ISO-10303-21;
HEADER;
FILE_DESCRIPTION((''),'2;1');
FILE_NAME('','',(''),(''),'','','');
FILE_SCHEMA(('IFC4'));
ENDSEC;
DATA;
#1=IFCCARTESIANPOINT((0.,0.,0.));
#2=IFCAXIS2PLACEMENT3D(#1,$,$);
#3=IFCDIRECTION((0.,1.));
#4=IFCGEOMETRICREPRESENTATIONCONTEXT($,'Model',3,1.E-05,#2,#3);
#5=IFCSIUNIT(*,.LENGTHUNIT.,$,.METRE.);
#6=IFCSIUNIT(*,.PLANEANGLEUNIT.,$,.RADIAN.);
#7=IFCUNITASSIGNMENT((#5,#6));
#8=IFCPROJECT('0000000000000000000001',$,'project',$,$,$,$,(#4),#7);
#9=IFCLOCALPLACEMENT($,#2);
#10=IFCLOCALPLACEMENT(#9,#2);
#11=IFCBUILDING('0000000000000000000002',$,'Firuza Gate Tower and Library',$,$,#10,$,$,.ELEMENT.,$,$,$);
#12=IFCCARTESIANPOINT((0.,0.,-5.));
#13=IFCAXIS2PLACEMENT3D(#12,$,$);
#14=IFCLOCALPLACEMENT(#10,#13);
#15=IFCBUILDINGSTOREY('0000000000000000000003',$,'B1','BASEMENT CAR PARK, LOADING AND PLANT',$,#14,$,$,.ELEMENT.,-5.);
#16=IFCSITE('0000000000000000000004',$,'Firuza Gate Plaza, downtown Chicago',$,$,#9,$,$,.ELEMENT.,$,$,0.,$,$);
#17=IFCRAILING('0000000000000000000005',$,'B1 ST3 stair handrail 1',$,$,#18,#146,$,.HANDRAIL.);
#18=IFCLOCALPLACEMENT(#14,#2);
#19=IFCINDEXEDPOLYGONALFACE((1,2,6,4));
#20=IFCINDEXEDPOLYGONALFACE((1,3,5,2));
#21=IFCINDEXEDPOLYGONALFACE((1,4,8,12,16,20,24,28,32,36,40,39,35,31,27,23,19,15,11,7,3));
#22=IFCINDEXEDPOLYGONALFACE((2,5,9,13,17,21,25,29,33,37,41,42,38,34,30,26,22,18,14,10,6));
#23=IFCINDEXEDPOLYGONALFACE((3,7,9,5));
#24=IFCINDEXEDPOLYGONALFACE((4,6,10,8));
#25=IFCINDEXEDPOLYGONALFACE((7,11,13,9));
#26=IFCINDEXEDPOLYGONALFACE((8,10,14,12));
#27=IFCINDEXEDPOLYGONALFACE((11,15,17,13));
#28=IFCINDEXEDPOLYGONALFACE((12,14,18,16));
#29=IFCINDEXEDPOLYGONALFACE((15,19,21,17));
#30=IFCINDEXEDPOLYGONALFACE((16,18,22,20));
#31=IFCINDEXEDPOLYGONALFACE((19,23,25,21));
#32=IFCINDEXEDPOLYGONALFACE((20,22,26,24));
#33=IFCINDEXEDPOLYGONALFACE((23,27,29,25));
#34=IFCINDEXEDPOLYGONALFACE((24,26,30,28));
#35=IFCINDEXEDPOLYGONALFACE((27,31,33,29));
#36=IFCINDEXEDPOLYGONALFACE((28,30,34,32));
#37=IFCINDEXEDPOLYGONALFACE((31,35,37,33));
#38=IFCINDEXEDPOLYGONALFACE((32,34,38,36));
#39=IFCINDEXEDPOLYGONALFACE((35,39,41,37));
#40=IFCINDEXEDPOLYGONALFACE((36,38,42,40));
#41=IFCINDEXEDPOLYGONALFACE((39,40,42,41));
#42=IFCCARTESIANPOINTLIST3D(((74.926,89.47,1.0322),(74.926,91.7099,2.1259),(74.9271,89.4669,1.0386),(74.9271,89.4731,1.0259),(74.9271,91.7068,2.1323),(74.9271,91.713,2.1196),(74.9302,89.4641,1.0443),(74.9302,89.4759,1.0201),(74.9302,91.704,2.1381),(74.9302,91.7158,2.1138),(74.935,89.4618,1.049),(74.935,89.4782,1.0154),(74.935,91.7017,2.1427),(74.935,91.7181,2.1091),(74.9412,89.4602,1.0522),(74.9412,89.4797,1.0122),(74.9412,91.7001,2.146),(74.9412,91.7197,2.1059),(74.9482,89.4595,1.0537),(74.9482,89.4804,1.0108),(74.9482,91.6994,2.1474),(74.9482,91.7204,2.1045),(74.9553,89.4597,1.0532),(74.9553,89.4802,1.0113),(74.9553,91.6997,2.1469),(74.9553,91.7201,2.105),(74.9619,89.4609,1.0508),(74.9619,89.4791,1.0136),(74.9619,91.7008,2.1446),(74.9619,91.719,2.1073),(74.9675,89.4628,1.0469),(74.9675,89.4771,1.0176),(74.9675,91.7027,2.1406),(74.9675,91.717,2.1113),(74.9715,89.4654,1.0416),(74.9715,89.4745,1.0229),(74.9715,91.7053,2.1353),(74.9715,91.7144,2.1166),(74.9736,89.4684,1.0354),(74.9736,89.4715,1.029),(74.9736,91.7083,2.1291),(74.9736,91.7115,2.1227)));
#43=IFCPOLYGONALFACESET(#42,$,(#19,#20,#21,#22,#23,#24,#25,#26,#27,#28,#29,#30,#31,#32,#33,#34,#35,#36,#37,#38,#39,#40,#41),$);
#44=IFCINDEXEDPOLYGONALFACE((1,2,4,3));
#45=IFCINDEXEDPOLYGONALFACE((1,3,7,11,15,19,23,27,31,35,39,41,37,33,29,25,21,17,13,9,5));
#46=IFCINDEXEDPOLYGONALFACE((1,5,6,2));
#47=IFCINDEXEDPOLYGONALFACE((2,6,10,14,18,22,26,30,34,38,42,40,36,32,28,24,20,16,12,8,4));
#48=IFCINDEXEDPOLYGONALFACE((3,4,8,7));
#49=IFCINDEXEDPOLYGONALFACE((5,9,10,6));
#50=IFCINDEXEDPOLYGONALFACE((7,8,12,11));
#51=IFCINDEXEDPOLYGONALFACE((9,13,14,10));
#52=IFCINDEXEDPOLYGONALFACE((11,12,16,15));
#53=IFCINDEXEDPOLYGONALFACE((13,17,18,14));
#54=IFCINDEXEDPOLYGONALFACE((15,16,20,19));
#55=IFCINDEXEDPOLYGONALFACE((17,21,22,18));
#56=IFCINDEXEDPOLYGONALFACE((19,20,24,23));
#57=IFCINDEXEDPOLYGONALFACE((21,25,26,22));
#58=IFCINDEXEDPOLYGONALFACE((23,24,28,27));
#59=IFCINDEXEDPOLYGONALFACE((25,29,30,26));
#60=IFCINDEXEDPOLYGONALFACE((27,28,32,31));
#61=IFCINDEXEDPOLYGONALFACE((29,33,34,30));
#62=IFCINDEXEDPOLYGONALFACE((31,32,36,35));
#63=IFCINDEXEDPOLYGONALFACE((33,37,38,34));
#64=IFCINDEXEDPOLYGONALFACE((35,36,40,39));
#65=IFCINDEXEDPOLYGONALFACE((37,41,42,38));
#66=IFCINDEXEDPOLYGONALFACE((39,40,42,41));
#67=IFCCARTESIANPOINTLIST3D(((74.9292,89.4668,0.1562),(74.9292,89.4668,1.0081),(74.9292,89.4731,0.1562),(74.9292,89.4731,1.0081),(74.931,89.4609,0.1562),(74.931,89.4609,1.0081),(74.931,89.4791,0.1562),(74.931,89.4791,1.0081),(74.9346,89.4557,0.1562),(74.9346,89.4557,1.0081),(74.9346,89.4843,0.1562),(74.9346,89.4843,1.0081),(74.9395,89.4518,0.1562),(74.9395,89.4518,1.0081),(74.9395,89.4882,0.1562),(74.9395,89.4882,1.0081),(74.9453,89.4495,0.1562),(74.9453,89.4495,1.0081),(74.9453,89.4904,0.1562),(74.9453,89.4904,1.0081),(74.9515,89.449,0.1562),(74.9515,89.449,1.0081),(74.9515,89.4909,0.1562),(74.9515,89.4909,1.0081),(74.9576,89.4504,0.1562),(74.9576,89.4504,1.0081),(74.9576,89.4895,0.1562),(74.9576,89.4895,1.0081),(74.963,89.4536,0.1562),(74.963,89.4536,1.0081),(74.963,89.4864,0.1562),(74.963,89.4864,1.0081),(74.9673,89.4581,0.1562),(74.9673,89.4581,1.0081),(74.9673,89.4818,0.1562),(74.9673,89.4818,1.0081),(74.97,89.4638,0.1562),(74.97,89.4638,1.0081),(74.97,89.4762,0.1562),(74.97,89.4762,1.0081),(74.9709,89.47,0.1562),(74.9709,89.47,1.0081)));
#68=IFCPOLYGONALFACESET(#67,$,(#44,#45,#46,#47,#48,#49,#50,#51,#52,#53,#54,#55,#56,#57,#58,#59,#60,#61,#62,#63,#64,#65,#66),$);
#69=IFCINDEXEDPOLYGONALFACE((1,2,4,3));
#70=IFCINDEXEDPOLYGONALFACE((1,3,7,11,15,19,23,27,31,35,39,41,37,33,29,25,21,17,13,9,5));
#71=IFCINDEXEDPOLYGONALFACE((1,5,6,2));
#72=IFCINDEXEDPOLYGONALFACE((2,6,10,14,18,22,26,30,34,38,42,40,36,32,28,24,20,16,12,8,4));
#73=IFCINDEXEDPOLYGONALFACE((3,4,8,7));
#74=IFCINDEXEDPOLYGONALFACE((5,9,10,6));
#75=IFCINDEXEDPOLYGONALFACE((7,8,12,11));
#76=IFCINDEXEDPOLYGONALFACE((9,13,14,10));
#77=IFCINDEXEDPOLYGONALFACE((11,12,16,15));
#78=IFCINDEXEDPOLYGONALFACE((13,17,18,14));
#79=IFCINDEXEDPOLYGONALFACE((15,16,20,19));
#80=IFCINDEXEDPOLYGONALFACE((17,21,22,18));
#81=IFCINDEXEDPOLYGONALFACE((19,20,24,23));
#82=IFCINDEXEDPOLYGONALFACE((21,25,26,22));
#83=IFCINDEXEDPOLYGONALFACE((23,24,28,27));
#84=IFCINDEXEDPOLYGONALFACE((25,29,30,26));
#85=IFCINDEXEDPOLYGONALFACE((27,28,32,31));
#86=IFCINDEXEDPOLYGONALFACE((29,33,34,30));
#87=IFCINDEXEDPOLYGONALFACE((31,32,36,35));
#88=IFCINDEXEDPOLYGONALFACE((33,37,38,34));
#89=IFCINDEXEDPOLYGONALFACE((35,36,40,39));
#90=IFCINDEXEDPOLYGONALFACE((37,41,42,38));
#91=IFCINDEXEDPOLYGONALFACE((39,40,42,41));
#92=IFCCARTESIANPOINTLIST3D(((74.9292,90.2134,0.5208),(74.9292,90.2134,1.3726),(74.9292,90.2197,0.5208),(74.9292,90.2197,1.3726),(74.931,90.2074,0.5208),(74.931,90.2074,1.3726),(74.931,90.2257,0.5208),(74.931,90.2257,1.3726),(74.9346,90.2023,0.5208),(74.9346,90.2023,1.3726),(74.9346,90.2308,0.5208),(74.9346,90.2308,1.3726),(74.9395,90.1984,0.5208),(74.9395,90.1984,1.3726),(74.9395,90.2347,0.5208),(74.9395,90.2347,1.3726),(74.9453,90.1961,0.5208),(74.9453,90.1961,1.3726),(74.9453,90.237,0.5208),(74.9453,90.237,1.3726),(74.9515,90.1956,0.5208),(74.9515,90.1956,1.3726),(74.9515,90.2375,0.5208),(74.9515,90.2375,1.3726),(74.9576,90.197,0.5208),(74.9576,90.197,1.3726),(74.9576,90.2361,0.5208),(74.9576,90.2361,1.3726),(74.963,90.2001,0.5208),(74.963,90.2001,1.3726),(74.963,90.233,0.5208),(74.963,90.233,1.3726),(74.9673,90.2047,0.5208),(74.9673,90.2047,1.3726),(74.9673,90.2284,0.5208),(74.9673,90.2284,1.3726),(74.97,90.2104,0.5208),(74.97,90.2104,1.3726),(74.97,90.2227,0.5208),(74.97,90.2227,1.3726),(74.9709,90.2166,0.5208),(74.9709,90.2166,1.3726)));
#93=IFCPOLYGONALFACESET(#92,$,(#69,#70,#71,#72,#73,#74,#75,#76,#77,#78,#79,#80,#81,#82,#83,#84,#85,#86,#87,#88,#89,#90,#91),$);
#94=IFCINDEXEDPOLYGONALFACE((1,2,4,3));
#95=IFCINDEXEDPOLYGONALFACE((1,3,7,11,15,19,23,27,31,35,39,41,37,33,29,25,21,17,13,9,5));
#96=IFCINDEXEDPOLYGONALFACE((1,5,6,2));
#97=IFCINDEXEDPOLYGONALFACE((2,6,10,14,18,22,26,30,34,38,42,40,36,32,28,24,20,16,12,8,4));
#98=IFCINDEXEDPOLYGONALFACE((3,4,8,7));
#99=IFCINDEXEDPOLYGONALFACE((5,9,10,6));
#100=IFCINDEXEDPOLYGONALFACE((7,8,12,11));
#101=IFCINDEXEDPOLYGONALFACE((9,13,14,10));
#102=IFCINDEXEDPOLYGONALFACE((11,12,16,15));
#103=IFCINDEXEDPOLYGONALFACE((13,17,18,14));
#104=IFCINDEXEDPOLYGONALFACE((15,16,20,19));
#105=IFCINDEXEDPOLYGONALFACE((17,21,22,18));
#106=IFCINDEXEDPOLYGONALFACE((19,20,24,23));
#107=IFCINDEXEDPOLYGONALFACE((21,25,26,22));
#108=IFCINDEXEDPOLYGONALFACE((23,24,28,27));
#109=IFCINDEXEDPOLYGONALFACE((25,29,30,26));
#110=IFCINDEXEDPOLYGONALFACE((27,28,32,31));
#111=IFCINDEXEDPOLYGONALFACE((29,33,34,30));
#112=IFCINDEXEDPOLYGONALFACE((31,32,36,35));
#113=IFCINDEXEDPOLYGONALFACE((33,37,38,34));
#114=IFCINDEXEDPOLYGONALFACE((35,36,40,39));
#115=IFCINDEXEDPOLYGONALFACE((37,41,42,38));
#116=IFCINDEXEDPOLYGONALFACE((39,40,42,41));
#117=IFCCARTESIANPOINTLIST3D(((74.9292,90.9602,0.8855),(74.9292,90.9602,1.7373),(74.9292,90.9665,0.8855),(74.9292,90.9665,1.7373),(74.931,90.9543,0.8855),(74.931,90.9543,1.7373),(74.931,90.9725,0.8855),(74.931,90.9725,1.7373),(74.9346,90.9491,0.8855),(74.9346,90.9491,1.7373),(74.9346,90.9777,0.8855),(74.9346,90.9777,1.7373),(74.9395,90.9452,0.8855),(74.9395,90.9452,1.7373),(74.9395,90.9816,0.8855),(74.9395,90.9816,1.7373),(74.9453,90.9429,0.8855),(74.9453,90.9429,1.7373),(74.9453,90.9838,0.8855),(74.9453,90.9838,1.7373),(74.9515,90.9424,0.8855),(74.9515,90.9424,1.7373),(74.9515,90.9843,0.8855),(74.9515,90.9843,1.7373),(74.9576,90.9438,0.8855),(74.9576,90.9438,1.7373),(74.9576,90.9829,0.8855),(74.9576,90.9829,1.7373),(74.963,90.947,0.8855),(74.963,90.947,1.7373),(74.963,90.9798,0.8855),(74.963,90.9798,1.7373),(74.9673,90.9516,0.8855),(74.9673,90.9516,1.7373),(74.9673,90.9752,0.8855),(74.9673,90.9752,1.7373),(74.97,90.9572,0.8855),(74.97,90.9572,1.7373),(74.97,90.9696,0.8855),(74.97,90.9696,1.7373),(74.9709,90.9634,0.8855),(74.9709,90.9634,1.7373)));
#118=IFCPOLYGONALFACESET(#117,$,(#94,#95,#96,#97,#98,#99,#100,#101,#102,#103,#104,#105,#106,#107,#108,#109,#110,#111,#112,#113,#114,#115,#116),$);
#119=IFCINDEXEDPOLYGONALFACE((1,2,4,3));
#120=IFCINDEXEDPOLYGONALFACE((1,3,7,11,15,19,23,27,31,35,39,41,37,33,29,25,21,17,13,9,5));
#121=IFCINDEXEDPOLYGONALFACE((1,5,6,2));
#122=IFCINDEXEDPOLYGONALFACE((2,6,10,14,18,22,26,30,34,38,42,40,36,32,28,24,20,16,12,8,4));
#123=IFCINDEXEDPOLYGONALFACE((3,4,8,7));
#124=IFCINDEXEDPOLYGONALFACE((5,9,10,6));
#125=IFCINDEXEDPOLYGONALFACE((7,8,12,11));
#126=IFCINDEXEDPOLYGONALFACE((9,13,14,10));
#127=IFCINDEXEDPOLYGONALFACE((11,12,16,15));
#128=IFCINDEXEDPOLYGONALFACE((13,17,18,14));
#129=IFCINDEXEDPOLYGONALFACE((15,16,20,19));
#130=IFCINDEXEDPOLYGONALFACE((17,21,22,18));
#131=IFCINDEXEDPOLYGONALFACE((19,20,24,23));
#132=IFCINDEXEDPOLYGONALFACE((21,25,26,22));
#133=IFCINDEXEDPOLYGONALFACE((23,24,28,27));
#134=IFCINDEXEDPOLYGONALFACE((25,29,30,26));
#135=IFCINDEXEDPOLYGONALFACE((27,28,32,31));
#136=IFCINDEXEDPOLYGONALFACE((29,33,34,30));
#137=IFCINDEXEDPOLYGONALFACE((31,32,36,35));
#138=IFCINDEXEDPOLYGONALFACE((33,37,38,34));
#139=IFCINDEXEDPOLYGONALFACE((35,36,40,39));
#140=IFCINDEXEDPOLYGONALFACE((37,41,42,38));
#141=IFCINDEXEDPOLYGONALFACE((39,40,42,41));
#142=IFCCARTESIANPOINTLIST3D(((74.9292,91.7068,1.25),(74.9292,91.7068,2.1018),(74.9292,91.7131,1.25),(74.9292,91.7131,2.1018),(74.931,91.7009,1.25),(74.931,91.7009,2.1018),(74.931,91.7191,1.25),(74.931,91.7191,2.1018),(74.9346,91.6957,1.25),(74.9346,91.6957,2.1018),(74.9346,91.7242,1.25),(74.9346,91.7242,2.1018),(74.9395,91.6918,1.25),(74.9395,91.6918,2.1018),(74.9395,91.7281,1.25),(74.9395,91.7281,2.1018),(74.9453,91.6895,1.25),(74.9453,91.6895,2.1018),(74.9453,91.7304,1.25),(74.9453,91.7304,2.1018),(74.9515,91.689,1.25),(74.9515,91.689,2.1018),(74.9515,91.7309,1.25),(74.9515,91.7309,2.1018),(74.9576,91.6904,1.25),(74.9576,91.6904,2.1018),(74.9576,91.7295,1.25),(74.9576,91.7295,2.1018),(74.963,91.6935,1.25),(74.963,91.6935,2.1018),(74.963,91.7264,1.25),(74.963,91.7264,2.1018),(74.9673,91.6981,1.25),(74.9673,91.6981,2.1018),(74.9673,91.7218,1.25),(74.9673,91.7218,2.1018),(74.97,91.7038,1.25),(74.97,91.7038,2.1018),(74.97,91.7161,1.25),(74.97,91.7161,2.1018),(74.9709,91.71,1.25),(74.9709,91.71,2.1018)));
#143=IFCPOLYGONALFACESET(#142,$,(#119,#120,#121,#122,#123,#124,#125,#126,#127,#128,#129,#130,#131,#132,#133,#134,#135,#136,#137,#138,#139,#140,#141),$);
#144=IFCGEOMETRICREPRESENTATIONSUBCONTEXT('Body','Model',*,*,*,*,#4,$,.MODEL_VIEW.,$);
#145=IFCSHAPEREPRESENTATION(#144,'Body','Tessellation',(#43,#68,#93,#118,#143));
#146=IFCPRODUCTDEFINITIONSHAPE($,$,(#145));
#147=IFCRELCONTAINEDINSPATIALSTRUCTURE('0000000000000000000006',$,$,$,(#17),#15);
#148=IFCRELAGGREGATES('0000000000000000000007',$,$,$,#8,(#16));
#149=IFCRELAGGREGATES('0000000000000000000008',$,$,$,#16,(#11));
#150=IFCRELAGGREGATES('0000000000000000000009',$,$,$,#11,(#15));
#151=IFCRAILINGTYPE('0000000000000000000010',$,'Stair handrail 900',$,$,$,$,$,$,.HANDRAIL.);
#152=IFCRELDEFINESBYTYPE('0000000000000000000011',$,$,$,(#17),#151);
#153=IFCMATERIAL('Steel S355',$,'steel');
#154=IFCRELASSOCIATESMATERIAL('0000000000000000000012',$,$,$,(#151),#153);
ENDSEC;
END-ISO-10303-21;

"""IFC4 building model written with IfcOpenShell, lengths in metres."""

from ifc_helpers import new_model, si_unit, direction, frame, origin, origin_2d, place, context, subcontext, project, spatial, circle, extrude, material, type_object, element, save


model = new_model("IFC4")

# Units and contexts
model_context = context("Model", 3, precision=1e-05, world=origin(), true_north=direction((0.0, 1.0)))
body_context = subcontext(model_context, "Body", "Model", "MODEL_VIEW")
ifc_project = project(units=[si_unit("LENGTHUNIT", "METRE"), si_unit("PLANEANGLEUNIT", "RADIAN")], contexts=[model_context])

# Site, building, storey
site_placement = place(None, origin())
site = spatial("IfcSite", under=ifc_project, at=site_placement, Name="Firuza Gate Plaza, downtown Chicago", CompositionType="ELEMENT", RefElevation=0.0)
building_placement = place(site_placement, origin())
building = spatial("IfcBuilding", under=site, at=building_placement, Name="Firuza Gate Tower and Library", CompositionType="ELEMENT")
storey_placement = place(building_placement, frame((0.0, 0.0, -5.0)))
storey = spatial("IfcBuildingStorey", under=building, at=storey_placement, Name="B1", Description="BASEMENT CAR PARK, LOADING AND PLANT", CompositionType="ELEMENT", Elevation=-5.0)

# Railing
ifc_material_1 = material(Name="Steel S355", Category="steel")
railing_type = type_object("IfcRailingType", Name="Stair handrail 900", PredefinedType="HANDRAIL", material=ifc_material_1)
for number, where, name in (
    (1, (74.95, 89.47, 0.1562), "B1 ST3 stair handrail 1"),
):
    element("IfcRailing", number, at=place(storey_placement, frame(where)), inside=storey, type_object=railing_type, Name=name, PredefinedType="HANDRAIL", context=body_context, shape_type="SweptSolid", body=[
        extrude(circle(Radius=0.0239, at=origin_2d()), frame((0.0, 0.0, 0.876), z_axis=(0.0, 0.898599, 0.438771), x_axis=(-1.0, 0.0, 0.0)), (0.0, 0.0, 1.0), 2.4927),
        extrude(circle(Radius=0.021, at=origin_2d()), origin(), (0.0, 0.0, 1.0), 0.8518),
        extrude(circle(Radius=0.021, at=origin_2d()), frame((0.0, 0.7466, 0.3645)), (0.0, 0.0, 1.0), 0.8518),
        extrude(circle(Radius=0.021, at=origin_2d()), frame((0.0, 1.4934, 0.7292)), (0.0, 0.0, 1.0), 0.8518),
        extrude(circle(Radius=0.021, at=origin_2d()), frame((0.0, 2.24, 1.0938)), (0.0, 0.0, 1.0), 0.8518),
    ])

save(model, "model.ifc")
